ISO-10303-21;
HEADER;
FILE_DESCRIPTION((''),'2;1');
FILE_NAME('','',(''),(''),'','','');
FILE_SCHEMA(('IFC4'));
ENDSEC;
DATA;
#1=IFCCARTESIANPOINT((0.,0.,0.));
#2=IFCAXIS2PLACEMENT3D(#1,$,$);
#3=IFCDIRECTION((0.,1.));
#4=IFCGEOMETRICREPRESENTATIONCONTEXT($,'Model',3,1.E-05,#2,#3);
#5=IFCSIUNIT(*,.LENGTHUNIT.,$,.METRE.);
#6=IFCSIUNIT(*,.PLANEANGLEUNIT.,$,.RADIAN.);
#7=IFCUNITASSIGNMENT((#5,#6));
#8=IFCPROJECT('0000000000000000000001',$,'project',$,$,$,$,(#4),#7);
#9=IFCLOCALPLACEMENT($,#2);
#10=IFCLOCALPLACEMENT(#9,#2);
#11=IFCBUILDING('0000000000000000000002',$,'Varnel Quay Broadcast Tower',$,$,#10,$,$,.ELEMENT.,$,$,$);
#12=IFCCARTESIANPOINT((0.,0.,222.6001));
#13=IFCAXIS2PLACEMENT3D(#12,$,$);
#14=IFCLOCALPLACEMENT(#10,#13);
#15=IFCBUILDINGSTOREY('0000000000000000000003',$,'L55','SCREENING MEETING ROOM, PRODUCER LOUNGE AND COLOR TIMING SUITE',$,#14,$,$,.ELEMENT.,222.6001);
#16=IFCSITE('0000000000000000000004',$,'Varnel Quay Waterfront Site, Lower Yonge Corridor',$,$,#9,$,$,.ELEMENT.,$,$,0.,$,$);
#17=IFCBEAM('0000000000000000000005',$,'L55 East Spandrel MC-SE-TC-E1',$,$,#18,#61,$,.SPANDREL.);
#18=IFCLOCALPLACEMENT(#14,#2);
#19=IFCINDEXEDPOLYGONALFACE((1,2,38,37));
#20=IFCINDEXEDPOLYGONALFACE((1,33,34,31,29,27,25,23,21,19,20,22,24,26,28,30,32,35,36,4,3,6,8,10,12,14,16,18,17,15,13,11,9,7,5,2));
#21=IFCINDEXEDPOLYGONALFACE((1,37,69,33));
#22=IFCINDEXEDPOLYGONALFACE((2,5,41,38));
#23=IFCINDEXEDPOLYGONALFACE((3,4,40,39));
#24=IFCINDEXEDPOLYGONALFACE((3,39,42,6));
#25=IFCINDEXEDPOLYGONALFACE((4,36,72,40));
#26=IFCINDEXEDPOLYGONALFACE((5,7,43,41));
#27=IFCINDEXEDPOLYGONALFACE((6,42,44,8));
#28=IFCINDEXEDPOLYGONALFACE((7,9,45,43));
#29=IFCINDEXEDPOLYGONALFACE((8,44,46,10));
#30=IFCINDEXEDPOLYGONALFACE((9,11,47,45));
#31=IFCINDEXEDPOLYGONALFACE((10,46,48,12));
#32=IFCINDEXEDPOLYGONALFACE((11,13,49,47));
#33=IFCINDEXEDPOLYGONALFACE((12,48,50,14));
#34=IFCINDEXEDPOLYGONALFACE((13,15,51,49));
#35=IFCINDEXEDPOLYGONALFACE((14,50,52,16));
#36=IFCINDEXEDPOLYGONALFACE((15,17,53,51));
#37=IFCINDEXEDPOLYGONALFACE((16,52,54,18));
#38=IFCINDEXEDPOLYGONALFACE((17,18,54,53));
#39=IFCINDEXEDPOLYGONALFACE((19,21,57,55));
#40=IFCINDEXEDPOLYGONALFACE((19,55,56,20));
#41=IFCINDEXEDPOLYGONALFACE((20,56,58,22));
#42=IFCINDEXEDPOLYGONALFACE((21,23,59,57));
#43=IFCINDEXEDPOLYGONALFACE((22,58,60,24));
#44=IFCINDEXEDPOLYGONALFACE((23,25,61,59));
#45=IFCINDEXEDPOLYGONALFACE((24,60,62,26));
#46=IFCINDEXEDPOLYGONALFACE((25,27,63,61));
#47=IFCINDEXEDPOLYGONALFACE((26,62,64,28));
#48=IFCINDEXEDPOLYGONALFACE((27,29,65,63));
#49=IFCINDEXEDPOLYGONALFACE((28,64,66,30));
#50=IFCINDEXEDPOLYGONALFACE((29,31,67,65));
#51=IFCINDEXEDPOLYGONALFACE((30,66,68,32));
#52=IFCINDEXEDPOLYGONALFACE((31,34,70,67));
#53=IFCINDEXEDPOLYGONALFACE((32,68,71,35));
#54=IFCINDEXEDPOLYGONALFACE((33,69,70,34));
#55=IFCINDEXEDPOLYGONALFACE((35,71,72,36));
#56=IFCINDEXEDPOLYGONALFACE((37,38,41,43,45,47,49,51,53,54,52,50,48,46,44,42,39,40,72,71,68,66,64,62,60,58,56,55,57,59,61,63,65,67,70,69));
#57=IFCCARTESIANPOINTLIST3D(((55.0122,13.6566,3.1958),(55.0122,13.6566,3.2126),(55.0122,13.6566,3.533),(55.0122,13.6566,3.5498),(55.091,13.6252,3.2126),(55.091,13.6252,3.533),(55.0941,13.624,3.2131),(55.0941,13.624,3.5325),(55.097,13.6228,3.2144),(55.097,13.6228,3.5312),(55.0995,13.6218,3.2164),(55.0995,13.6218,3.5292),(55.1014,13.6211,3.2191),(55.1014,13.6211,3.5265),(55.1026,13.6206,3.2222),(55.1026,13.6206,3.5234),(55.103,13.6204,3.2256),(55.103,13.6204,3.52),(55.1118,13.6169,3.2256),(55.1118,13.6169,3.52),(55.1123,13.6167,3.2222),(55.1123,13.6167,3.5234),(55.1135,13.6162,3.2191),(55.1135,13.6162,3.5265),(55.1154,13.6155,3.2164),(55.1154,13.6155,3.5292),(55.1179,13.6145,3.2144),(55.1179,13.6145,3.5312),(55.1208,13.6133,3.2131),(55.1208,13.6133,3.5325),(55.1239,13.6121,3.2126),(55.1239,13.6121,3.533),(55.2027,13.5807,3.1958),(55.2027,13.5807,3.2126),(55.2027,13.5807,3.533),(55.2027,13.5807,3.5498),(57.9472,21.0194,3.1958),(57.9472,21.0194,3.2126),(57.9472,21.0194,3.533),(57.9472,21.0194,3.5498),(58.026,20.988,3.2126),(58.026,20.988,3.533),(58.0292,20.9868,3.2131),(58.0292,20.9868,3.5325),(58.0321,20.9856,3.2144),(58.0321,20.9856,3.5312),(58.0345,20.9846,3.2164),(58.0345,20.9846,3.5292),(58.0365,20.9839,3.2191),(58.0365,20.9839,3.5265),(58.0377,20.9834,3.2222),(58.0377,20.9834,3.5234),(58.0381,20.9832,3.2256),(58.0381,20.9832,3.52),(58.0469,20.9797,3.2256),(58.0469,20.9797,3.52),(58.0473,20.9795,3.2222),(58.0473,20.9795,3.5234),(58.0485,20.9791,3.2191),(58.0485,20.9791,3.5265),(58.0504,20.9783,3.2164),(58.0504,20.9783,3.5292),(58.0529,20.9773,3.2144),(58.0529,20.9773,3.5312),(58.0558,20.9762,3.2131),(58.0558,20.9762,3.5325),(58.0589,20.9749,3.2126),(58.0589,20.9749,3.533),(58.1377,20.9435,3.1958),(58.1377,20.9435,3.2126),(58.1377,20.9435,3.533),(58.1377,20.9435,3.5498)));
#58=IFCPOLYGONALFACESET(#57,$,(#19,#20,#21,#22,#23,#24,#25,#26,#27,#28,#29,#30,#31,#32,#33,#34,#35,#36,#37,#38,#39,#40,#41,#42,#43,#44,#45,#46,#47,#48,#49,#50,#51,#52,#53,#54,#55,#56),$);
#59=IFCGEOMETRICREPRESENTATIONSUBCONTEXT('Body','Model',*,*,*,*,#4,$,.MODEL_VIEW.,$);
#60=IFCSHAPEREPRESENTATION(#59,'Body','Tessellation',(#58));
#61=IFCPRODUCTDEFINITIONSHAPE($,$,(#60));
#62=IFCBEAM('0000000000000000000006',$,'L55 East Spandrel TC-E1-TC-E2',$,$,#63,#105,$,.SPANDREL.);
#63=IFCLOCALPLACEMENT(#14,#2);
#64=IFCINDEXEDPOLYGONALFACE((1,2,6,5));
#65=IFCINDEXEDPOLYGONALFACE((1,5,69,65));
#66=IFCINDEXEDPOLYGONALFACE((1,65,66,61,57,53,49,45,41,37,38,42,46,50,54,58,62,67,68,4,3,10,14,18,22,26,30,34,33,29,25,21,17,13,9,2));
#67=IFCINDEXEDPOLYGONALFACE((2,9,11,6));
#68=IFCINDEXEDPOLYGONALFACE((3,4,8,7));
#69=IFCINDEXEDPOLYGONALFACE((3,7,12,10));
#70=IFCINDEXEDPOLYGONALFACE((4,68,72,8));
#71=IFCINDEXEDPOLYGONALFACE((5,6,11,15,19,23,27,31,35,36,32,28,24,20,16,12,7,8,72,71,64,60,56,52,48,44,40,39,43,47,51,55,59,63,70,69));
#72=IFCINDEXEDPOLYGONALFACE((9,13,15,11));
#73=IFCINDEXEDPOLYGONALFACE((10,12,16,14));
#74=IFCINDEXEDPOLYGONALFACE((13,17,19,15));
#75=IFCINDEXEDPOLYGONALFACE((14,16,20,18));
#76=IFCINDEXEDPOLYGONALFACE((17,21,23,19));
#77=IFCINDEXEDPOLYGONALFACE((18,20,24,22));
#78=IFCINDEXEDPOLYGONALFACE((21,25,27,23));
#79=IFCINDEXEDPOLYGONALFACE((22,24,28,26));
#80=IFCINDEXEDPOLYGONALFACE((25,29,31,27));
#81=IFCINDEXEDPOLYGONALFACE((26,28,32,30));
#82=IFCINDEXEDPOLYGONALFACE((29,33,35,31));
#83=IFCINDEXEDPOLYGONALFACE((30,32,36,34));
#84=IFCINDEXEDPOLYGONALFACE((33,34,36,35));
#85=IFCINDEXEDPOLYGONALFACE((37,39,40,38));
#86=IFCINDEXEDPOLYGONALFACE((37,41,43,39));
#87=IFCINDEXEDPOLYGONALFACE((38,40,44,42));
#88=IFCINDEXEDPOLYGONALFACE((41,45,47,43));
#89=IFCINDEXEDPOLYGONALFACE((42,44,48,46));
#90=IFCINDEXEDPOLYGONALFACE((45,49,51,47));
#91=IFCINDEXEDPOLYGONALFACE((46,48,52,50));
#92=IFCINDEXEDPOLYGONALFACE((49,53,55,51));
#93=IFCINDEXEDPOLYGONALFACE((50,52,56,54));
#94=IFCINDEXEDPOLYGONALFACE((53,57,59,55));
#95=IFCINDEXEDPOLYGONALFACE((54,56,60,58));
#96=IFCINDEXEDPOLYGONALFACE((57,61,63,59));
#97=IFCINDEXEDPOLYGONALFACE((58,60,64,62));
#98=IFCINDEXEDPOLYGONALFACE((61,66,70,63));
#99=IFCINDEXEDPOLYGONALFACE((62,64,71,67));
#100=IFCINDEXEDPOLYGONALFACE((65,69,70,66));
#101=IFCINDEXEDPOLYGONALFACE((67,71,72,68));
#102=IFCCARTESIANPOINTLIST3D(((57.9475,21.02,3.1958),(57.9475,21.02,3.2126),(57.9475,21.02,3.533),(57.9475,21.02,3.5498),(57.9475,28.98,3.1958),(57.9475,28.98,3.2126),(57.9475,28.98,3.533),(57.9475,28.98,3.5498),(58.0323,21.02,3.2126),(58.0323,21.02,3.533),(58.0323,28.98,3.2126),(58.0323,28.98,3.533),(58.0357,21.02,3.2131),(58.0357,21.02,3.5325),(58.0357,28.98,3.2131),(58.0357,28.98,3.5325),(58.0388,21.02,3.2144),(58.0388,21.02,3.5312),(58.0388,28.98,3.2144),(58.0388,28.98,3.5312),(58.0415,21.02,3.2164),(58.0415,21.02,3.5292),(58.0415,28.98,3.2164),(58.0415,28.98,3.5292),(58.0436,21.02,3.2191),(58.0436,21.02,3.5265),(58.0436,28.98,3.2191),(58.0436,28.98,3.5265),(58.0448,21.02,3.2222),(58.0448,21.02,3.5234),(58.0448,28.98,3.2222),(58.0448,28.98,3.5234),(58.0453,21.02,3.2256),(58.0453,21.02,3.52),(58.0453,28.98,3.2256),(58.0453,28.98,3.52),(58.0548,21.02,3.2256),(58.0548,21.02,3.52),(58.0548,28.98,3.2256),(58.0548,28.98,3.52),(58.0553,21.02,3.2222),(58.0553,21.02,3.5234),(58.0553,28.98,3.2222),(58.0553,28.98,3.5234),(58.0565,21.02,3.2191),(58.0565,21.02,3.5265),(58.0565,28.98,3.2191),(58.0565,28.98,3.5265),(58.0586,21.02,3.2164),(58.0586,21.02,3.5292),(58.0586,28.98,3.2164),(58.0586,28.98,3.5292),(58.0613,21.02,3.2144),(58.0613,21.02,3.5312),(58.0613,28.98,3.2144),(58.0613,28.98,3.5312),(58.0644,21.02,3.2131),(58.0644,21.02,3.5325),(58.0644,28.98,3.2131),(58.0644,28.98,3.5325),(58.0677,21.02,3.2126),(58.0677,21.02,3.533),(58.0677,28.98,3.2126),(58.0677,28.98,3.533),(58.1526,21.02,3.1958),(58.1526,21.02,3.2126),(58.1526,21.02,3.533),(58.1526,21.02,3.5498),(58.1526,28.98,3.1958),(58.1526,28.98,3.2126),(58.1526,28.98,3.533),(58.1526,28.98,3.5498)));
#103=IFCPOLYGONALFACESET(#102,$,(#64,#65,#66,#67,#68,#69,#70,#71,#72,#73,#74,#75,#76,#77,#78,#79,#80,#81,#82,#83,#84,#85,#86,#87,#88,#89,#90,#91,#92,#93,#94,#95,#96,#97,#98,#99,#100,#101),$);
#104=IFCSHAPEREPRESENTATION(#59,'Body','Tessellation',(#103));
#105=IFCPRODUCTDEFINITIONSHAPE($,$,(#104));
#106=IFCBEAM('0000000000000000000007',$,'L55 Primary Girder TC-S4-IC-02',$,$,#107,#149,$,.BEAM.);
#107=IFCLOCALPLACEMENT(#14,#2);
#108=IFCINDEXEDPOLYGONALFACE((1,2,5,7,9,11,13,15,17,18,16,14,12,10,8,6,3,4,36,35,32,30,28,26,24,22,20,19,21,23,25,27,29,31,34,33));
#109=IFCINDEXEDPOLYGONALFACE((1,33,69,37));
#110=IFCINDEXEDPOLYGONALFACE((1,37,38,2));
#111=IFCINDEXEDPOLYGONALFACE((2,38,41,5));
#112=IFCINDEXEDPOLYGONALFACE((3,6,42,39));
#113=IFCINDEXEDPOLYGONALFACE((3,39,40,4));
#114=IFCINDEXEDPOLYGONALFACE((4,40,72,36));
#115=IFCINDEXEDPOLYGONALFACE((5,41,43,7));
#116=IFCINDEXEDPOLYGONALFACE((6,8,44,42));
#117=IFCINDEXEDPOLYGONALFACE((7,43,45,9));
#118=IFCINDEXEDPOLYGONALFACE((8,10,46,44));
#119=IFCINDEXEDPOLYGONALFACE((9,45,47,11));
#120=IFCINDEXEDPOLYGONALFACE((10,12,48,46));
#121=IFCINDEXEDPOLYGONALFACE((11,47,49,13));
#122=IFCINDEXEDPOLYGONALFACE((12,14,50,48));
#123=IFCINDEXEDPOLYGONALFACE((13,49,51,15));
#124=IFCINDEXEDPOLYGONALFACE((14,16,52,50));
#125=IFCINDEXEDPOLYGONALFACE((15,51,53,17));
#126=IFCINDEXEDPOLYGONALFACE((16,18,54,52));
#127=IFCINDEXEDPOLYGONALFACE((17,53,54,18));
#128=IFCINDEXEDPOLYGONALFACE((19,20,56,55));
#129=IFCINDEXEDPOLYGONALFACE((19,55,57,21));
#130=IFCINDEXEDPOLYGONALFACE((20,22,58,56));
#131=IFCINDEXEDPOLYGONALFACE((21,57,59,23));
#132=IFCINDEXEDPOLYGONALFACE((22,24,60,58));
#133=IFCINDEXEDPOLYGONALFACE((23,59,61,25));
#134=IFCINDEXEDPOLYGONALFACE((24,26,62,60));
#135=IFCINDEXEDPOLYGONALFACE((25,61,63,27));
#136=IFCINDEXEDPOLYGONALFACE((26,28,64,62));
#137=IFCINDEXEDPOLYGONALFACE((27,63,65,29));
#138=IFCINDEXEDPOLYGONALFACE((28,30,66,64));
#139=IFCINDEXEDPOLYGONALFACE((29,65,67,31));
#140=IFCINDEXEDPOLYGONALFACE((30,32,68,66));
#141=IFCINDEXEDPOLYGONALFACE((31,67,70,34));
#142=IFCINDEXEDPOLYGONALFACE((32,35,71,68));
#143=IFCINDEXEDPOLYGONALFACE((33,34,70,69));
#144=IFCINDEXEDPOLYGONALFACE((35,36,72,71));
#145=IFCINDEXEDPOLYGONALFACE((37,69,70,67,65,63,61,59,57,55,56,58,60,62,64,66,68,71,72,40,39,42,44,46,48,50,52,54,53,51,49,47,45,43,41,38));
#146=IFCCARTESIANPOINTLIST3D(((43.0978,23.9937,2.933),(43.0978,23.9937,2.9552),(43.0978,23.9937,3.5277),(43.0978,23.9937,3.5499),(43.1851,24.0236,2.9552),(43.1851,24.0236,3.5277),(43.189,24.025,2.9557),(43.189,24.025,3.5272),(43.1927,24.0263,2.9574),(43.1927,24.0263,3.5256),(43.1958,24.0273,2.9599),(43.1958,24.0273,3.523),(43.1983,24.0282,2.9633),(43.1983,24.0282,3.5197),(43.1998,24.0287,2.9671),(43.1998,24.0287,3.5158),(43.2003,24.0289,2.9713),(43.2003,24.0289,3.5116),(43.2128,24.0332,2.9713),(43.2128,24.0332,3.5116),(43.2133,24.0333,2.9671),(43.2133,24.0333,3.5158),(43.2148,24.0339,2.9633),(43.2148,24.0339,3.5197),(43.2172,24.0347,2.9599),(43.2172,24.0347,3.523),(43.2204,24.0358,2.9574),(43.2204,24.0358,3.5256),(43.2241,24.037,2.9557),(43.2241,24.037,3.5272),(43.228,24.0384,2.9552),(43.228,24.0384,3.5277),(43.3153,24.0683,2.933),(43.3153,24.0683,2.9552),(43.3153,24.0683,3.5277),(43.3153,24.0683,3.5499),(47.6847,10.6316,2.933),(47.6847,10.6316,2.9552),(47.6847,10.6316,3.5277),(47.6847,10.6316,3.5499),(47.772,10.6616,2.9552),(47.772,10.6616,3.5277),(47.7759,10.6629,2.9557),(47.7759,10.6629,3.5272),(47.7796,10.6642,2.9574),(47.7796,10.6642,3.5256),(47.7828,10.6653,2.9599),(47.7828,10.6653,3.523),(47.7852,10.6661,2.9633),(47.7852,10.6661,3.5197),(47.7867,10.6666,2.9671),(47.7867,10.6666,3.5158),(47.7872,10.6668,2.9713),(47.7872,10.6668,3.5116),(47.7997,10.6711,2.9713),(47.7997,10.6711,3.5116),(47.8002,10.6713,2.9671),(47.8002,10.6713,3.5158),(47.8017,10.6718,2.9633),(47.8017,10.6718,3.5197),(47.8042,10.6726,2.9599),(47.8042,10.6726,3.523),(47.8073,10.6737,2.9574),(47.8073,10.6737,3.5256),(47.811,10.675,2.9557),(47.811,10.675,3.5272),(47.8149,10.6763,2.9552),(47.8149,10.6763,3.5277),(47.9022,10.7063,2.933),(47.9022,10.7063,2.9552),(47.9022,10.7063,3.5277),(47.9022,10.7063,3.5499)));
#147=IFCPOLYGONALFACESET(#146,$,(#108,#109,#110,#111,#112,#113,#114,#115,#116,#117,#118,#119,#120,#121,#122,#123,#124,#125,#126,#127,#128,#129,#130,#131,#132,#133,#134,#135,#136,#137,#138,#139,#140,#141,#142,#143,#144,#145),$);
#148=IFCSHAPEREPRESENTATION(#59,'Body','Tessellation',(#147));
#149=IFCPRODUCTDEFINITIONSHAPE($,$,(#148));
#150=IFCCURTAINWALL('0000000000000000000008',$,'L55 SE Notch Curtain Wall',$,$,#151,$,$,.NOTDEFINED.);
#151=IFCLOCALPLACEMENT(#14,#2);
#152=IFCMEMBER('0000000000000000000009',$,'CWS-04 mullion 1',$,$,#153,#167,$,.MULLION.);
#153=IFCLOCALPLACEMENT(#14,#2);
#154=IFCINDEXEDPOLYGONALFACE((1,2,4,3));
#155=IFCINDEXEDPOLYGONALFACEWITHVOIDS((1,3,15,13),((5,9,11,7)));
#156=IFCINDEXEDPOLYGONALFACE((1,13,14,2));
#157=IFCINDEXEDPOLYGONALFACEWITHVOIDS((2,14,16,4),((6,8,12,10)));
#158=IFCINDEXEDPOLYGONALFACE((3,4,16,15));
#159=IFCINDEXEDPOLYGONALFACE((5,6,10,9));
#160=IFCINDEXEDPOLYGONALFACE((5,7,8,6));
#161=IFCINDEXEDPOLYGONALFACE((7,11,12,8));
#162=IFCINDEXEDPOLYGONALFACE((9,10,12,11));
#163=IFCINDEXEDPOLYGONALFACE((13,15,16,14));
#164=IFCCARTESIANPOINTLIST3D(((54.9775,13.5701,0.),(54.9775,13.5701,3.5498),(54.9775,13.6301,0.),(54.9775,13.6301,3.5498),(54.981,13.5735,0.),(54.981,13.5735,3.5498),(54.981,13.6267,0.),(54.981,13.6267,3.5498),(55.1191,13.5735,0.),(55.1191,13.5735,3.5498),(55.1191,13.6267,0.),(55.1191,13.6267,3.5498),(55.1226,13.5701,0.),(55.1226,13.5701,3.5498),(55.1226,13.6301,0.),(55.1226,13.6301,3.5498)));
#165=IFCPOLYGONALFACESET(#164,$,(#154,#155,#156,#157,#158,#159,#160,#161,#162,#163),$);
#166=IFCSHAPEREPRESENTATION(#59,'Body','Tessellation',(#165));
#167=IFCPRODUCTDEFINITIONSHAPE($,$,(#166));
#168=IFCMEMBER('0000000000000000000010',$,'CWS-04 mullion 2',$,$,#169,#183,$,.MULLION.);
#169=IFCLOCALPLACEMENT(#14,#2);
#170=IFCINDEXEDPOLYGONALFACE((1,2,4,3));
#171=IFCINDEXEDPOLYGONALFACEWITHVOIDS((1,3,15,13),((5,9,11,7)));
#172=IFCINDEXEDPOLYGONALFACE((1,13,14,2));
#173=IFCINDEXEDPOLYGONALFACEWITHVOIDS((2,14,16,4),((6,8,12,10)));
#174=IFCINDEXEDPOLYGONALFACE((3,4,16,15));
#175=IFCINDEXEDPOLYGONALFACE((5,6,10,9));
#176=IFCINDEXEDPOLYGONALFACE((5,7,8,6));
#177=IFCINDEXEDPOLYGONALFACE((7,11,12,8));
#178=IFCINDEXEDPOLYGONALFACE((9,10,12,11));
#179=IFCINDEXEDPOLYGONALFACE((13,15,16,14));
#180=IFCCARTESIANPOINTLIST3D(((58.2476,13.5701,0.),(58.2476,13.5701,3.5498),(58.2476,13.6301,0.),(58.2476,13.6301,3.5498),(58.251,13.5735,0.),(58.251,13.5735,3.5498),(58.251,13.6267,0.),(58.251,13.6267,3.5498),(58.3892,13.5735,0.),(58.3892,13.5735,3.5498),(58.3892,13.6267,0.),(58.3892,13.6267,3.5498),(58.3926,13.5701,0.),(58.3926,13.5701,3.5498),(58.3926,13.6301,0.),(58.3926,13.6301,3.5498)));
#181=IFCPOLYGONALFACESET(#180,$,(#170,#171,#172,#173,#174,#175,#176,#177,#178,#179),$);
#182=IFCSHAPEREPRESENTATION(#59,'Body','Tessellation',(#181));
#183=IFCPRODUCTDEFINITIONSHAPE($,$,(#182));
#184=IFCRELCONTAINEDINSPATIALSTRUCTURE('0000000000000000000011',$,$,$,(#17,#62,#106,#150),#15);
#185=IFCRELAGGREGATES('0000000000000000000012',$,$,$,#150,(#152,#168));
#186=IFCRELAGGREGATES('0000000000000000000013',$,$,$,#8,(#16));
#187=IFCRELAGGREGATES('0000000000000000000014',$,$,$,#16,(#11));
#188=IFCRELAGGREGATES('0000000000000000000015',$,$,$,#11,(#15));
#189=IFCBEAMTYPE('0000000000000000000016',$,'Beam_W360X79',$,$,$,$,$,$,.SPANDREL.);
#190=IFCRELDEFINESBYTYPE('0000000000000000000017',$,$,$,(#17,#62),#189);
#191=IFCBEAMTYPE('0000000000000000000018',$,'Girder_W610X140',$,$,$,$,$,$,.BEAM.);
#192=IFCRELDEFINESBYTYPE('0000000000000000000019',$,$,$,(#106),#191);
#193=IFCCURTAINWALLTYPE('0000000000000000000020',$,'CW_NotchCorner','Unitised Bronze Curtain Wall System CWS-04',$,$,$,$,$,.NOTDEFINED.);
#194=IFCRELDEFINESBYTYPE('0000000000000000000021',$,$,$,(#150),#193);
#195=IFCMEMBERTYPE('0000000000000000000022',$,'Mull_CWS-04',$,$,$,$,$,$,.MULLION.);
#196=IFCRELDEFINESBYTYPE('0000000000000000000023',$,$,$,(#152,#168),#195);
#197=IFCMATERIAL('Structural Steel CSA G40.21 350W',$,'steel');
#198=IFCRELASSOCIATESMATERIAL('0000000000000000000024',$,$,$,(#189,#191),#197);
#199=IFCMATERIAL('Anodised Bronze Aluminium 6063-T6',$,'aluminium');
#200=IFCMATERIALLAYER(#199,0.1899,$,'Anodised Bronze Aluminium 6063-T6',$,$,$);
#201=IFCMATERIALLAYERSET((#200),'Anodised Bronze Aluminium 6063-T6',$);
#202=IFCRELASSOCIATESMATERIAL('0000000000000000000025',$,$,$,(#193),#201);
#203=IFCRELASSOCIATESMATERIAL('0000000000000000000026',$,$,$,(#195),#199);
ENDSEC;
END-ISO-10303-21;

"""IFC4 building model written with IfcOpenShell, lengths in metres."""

from ifc_helpers import new_model, si_unit, direction, frame, origin, origin_2d, place, context, subcontext, project, spatial, hollow_rectangle, i_section, extrude, source, transform, mapped, material, layer, layer_set, material_profile, profile_set, type_object, type_shapes, element, aggregate, save


model = new_model("IFC4")

# Units and contexts
model_context = context("Model", 3, precision=1e-05, world=origin(), true_north=direction((0.0, 1.0)))
body_context = subcontext(model_context, "Body", "Model", "MODEL_VIEW")
ifc_project = project(units=[si_unit("LENGTHUNIT", "METRE"), si_unit("PLANEANGLEUNIT", "RADIAN")], contexts=[model_context])

# Site, building, storey
site_placement = place(None, origin())
site = spatial("IfcSite", under=ifc_project, at=site_placement, Name="Varnel Quay Waterfront Site, Lower Yonge Corridor", CompositionType="ELEMENT", RefElevation=0.0)
building_placement = place(site_placement, origin())
building = spatial("IfcBuilding", under=site, at=building_placement, Name="Varnel Quay Broadcast Tower", CompositionType="ELEMENT")
storey_placement = place(building_placement, frame((0.0, 0.0, 222.6001)))
storey = spatial("IfcBuildingStorey", under=building, at=storey_placement, Name="L55", Description="SCREENING MEETING ROOM, PRODUCER LOUNGE AND COLOR TIMING SUITE", CompositionType="ELEMENT", Elevation=222.6001)

# Shared definitions
ifc_material_1 = material(Name="Structural Steel CSA G40.21 350W", Category="steel")

# Beams
ifc_material_profile_1 = material_profile(ifc_material_1, i_section(OverallWidth=0.2051, OverallDepth=0.354, WebThickness=0.0095, FlangeThickness=0.0168, FilletRadius=0.0129, at=origin_2d()), Name="W360X79")
ifc_profile_set_1 = profile_set([ifc_material_profile_1], Name="Structural Steel CSA G40.21 350W")
beam_type_1 = type_object("IfcBeamType", Name="Beam_W360X79", PredefinedType="SPANDREL", material=ifc_profile_set_1)
shared_shape_1 = source(origin(), body_context, "Body", "SweptSolid", [
    extrude(i_section(OverallWidth=0.2051, OverallDepth=0.354, WebThickness=0.0095, FlangeThickness=0.0168, FilletRadius=0.0129, at=origin_2d()), origin(), (0.0, 0.0, 1.0), 7.9263),
])
beam_1_placement = place(storey_placement, frame((55.1074, 13.6187, 3.3728), z_axis=(0.370296, 0.928914, 0.0), x_axis=(-0.928914, 0.370296, 0.0)))
element("IfcBeam", 1, at=beam_1_placement, inside=storey, type_object=beam_type_1, Name="L55 East Spandrel MC-SE-TC-E1", PredefinedType="SPANDREL", context=body_context, shape_type="MappedRepresentation", body=[
    mapped(shared_shape_1, transform((0.0, 0.0, 0.0), x_axis=(1.0, 0.0, 0.0), y_axis=(0.0, 1.0, 0.0), z_axis=(0.0, 0.0, 1.0), scale=1.0)),
])
shared_shape_2 = source(origin(), body_context, "Body", "SweptSolid", [
    extrude(i_section(OverallWidth=0.2051, OverallDepth=0.354, WebThickness=0.0095, FlangeThickness=0.0168, FilletRadius=0.0129, at=origin_2d()), origin(), (0.0, 0.0, 1.0), 7.96),
])
beam_2_placement = place(storey_placement, frame((58.05, 21.02, 3.3728), z_axis=(0.0, 1.0, 0.0), x_axis=(-1.0, 0.0, 0.0)))
element("IfcBeam", 2, at=beam_2_placement, inside=storey, type_object=beam_type_1, Name="L55 East Spandrel TC-E1-TC-E2", PredefinedType="SPANDREL", context=body_context, shape_type="MappedRepresentation", body=[
    mapped(shared_shape_2, transform((0.0, 0.0, 0.0), x_axis=(1.0, 0.0, 0.0), y_axis=(0.0, 1.0, 0.0), z_axis=(0.0, 0.0, 1.0), scale=1.0)),
])
ifc_material_profile_2 = material_profile(ifc_material_1, i_section(OverallWidth=0.23, OverallDepth=0.6169, WebThickness=0.0132, FlangeThickness=0.0222, FilletRadius=0.0161, at=origin_2d()), Name="W610X140")
ifc_profile_set_2 = profile_set([ifc_material_profile_2], Name="Structural Steel CSA G40.21 350W")
beam_type_2 = type_object("IfcBeamType", Name="Girder_W610X140", PredefinedType="BEAM", material=ifc_profile_set_2)
shared_shape_3 = source(origin(), body_context, "Body", "SweptSolid", [
    extrude(i_section(OverallWidth=0.23, OverallDepth=0.6169, WebThickness=0.0132, FlangeThickness=0.0222, FilletRadius=0.0161, at=origin_2d()), origin(), (0.0, 0.0, 1.0), 14.1274),
])
type_shapes(beam_type_2, [shared_shape_3])
beam_3_placement = place(storey_placement, frame((47.7935, 10.6689, 3.2415), z_axis=(-0.324681, 0.945823, 0.0), x_axis=(-0.945823, -0.324681, 0.0)))
element("IfcBeam", 3, at=beam_3_placement, inside=storey, type_object=beam_type_2, Name="L55 Primary Girder TC-S4-IC-02", PredefinedType="BEAM", context=body_context, shape_type="MappedRepresentation", body=[
    mapped(shared_shape_3, transform((0.0, 0.0, 0.0), x_axis=(1.0, 0.0, 0.0), y_axis=(0.0, 1.0, 0.0), z_axis=(0.0, 0.0, 1.0), scale=1.0)),
])

# Curtain wall, members
ifc_material_2 = material(Name="Anodised Bronze Aluminium 6063-T6", Category="aluminium")
ifc_layer_1 = layer(ifc_material_2, 0.1899, Name="Anodised Bronze Aluminium 6063-T6")
ifc_layer_set_1 = layer_set([ifc_layer_1], Name="Anodised Bronze Aluminium 6063-T6")
curtain_wall_type_1 = type_object("IfcCurtainWallType", Name="CW_NotchCorner", Description="Unitised Bronze Curtain Wall System CWS-04", PredefinedType="NOTDEFINED", material=ifc_layer_set_1)
curtain_wall_1_placement = place(storey_placement, origin())
curtain_wall_1 = element("IfcCurtainWall", 4, at=curtain_wall_1_placement, inside=storey, type_object=curtain_wall_type_1, Name="L55 SE Notch Curtain Wall", PredefinedType="NOTDEFINED")
ifc_material_profile_3 = material_profile(ifc_material_2, hollow_rectangle(XDim=0.0601, YDim=0.145, WallThickness=0.0034, at=origin_2d()), Name="ALU60X145X3.5")
ifc_profile_set_3 = profile_set([ifc_material_profile_3], Name="Anodised Bronze Aluminium 6063-T6")
member_type_1 = type_object("IfcMemberType", Name="Mull_CWS-04", PredefinedType="MULLION", material=ifc_profile_set_3)
shared_shape_4 = source(origin(), body_context, "Body", "SweptSolid", [
    extrude(hollow_rectangle(XDim=0.0601, YDim=0.145, WallThickness=0.0034, at=origin_2d()), origin(), (0.0, 0.0, 1.0), 3.5498),
])
type_shapes(member_type_1, [shared_shape_4])
member_1_placement = place(storey_placement, frame((55.05, 13.6001, 0.0), z_axis=(0.0, 0.0, 1.0), x_axis=(0.0, 1.0, 0.0)))
member_1 = element("IfcMember", 5, at=member_1_placement, type_object=member_type_1, Name="CWS-04 mullion 1", PredefinedType="MULLION", context=body_context, shape_type="MappedRepresentation", body=[
    mapped(shared_shape_4, transform((0.0, 0.0, 0.0), x_axis=(1.0, 0.0, 0.0), y_axis=(0.0, 1.0, 0.0), z_axis=(0.0, 0.0, 1.0), scale=1.0)),
])
member_2_placement = place(storey_placement, frame((58.3201, 13.6001, 0.0), z_axis=(0.0, 0.0, 1.0), x_axis=(0.0, 1.0, 0.0)))
member_2 = element("IfcMember", 6, at=member_2_placement, type_object=member_type_1, Name="CWS-04 mullion 2", PredefinedType="MULLION", context=body_context, shape_type="MappedRepresentation", body=[
    mapped(shared_shape_4, transform((0.0, 0.0, 0.0), x_axis=(1.0, 0.0, 0.0), y_axis=(0.0, 1.0, 0.0), z_axis=(0.0, 0.0, 1.0), scale=1.0)),
])

aggregate(curtain_wall_1, [member_1, member_2])

save(model, "model.ifc")
